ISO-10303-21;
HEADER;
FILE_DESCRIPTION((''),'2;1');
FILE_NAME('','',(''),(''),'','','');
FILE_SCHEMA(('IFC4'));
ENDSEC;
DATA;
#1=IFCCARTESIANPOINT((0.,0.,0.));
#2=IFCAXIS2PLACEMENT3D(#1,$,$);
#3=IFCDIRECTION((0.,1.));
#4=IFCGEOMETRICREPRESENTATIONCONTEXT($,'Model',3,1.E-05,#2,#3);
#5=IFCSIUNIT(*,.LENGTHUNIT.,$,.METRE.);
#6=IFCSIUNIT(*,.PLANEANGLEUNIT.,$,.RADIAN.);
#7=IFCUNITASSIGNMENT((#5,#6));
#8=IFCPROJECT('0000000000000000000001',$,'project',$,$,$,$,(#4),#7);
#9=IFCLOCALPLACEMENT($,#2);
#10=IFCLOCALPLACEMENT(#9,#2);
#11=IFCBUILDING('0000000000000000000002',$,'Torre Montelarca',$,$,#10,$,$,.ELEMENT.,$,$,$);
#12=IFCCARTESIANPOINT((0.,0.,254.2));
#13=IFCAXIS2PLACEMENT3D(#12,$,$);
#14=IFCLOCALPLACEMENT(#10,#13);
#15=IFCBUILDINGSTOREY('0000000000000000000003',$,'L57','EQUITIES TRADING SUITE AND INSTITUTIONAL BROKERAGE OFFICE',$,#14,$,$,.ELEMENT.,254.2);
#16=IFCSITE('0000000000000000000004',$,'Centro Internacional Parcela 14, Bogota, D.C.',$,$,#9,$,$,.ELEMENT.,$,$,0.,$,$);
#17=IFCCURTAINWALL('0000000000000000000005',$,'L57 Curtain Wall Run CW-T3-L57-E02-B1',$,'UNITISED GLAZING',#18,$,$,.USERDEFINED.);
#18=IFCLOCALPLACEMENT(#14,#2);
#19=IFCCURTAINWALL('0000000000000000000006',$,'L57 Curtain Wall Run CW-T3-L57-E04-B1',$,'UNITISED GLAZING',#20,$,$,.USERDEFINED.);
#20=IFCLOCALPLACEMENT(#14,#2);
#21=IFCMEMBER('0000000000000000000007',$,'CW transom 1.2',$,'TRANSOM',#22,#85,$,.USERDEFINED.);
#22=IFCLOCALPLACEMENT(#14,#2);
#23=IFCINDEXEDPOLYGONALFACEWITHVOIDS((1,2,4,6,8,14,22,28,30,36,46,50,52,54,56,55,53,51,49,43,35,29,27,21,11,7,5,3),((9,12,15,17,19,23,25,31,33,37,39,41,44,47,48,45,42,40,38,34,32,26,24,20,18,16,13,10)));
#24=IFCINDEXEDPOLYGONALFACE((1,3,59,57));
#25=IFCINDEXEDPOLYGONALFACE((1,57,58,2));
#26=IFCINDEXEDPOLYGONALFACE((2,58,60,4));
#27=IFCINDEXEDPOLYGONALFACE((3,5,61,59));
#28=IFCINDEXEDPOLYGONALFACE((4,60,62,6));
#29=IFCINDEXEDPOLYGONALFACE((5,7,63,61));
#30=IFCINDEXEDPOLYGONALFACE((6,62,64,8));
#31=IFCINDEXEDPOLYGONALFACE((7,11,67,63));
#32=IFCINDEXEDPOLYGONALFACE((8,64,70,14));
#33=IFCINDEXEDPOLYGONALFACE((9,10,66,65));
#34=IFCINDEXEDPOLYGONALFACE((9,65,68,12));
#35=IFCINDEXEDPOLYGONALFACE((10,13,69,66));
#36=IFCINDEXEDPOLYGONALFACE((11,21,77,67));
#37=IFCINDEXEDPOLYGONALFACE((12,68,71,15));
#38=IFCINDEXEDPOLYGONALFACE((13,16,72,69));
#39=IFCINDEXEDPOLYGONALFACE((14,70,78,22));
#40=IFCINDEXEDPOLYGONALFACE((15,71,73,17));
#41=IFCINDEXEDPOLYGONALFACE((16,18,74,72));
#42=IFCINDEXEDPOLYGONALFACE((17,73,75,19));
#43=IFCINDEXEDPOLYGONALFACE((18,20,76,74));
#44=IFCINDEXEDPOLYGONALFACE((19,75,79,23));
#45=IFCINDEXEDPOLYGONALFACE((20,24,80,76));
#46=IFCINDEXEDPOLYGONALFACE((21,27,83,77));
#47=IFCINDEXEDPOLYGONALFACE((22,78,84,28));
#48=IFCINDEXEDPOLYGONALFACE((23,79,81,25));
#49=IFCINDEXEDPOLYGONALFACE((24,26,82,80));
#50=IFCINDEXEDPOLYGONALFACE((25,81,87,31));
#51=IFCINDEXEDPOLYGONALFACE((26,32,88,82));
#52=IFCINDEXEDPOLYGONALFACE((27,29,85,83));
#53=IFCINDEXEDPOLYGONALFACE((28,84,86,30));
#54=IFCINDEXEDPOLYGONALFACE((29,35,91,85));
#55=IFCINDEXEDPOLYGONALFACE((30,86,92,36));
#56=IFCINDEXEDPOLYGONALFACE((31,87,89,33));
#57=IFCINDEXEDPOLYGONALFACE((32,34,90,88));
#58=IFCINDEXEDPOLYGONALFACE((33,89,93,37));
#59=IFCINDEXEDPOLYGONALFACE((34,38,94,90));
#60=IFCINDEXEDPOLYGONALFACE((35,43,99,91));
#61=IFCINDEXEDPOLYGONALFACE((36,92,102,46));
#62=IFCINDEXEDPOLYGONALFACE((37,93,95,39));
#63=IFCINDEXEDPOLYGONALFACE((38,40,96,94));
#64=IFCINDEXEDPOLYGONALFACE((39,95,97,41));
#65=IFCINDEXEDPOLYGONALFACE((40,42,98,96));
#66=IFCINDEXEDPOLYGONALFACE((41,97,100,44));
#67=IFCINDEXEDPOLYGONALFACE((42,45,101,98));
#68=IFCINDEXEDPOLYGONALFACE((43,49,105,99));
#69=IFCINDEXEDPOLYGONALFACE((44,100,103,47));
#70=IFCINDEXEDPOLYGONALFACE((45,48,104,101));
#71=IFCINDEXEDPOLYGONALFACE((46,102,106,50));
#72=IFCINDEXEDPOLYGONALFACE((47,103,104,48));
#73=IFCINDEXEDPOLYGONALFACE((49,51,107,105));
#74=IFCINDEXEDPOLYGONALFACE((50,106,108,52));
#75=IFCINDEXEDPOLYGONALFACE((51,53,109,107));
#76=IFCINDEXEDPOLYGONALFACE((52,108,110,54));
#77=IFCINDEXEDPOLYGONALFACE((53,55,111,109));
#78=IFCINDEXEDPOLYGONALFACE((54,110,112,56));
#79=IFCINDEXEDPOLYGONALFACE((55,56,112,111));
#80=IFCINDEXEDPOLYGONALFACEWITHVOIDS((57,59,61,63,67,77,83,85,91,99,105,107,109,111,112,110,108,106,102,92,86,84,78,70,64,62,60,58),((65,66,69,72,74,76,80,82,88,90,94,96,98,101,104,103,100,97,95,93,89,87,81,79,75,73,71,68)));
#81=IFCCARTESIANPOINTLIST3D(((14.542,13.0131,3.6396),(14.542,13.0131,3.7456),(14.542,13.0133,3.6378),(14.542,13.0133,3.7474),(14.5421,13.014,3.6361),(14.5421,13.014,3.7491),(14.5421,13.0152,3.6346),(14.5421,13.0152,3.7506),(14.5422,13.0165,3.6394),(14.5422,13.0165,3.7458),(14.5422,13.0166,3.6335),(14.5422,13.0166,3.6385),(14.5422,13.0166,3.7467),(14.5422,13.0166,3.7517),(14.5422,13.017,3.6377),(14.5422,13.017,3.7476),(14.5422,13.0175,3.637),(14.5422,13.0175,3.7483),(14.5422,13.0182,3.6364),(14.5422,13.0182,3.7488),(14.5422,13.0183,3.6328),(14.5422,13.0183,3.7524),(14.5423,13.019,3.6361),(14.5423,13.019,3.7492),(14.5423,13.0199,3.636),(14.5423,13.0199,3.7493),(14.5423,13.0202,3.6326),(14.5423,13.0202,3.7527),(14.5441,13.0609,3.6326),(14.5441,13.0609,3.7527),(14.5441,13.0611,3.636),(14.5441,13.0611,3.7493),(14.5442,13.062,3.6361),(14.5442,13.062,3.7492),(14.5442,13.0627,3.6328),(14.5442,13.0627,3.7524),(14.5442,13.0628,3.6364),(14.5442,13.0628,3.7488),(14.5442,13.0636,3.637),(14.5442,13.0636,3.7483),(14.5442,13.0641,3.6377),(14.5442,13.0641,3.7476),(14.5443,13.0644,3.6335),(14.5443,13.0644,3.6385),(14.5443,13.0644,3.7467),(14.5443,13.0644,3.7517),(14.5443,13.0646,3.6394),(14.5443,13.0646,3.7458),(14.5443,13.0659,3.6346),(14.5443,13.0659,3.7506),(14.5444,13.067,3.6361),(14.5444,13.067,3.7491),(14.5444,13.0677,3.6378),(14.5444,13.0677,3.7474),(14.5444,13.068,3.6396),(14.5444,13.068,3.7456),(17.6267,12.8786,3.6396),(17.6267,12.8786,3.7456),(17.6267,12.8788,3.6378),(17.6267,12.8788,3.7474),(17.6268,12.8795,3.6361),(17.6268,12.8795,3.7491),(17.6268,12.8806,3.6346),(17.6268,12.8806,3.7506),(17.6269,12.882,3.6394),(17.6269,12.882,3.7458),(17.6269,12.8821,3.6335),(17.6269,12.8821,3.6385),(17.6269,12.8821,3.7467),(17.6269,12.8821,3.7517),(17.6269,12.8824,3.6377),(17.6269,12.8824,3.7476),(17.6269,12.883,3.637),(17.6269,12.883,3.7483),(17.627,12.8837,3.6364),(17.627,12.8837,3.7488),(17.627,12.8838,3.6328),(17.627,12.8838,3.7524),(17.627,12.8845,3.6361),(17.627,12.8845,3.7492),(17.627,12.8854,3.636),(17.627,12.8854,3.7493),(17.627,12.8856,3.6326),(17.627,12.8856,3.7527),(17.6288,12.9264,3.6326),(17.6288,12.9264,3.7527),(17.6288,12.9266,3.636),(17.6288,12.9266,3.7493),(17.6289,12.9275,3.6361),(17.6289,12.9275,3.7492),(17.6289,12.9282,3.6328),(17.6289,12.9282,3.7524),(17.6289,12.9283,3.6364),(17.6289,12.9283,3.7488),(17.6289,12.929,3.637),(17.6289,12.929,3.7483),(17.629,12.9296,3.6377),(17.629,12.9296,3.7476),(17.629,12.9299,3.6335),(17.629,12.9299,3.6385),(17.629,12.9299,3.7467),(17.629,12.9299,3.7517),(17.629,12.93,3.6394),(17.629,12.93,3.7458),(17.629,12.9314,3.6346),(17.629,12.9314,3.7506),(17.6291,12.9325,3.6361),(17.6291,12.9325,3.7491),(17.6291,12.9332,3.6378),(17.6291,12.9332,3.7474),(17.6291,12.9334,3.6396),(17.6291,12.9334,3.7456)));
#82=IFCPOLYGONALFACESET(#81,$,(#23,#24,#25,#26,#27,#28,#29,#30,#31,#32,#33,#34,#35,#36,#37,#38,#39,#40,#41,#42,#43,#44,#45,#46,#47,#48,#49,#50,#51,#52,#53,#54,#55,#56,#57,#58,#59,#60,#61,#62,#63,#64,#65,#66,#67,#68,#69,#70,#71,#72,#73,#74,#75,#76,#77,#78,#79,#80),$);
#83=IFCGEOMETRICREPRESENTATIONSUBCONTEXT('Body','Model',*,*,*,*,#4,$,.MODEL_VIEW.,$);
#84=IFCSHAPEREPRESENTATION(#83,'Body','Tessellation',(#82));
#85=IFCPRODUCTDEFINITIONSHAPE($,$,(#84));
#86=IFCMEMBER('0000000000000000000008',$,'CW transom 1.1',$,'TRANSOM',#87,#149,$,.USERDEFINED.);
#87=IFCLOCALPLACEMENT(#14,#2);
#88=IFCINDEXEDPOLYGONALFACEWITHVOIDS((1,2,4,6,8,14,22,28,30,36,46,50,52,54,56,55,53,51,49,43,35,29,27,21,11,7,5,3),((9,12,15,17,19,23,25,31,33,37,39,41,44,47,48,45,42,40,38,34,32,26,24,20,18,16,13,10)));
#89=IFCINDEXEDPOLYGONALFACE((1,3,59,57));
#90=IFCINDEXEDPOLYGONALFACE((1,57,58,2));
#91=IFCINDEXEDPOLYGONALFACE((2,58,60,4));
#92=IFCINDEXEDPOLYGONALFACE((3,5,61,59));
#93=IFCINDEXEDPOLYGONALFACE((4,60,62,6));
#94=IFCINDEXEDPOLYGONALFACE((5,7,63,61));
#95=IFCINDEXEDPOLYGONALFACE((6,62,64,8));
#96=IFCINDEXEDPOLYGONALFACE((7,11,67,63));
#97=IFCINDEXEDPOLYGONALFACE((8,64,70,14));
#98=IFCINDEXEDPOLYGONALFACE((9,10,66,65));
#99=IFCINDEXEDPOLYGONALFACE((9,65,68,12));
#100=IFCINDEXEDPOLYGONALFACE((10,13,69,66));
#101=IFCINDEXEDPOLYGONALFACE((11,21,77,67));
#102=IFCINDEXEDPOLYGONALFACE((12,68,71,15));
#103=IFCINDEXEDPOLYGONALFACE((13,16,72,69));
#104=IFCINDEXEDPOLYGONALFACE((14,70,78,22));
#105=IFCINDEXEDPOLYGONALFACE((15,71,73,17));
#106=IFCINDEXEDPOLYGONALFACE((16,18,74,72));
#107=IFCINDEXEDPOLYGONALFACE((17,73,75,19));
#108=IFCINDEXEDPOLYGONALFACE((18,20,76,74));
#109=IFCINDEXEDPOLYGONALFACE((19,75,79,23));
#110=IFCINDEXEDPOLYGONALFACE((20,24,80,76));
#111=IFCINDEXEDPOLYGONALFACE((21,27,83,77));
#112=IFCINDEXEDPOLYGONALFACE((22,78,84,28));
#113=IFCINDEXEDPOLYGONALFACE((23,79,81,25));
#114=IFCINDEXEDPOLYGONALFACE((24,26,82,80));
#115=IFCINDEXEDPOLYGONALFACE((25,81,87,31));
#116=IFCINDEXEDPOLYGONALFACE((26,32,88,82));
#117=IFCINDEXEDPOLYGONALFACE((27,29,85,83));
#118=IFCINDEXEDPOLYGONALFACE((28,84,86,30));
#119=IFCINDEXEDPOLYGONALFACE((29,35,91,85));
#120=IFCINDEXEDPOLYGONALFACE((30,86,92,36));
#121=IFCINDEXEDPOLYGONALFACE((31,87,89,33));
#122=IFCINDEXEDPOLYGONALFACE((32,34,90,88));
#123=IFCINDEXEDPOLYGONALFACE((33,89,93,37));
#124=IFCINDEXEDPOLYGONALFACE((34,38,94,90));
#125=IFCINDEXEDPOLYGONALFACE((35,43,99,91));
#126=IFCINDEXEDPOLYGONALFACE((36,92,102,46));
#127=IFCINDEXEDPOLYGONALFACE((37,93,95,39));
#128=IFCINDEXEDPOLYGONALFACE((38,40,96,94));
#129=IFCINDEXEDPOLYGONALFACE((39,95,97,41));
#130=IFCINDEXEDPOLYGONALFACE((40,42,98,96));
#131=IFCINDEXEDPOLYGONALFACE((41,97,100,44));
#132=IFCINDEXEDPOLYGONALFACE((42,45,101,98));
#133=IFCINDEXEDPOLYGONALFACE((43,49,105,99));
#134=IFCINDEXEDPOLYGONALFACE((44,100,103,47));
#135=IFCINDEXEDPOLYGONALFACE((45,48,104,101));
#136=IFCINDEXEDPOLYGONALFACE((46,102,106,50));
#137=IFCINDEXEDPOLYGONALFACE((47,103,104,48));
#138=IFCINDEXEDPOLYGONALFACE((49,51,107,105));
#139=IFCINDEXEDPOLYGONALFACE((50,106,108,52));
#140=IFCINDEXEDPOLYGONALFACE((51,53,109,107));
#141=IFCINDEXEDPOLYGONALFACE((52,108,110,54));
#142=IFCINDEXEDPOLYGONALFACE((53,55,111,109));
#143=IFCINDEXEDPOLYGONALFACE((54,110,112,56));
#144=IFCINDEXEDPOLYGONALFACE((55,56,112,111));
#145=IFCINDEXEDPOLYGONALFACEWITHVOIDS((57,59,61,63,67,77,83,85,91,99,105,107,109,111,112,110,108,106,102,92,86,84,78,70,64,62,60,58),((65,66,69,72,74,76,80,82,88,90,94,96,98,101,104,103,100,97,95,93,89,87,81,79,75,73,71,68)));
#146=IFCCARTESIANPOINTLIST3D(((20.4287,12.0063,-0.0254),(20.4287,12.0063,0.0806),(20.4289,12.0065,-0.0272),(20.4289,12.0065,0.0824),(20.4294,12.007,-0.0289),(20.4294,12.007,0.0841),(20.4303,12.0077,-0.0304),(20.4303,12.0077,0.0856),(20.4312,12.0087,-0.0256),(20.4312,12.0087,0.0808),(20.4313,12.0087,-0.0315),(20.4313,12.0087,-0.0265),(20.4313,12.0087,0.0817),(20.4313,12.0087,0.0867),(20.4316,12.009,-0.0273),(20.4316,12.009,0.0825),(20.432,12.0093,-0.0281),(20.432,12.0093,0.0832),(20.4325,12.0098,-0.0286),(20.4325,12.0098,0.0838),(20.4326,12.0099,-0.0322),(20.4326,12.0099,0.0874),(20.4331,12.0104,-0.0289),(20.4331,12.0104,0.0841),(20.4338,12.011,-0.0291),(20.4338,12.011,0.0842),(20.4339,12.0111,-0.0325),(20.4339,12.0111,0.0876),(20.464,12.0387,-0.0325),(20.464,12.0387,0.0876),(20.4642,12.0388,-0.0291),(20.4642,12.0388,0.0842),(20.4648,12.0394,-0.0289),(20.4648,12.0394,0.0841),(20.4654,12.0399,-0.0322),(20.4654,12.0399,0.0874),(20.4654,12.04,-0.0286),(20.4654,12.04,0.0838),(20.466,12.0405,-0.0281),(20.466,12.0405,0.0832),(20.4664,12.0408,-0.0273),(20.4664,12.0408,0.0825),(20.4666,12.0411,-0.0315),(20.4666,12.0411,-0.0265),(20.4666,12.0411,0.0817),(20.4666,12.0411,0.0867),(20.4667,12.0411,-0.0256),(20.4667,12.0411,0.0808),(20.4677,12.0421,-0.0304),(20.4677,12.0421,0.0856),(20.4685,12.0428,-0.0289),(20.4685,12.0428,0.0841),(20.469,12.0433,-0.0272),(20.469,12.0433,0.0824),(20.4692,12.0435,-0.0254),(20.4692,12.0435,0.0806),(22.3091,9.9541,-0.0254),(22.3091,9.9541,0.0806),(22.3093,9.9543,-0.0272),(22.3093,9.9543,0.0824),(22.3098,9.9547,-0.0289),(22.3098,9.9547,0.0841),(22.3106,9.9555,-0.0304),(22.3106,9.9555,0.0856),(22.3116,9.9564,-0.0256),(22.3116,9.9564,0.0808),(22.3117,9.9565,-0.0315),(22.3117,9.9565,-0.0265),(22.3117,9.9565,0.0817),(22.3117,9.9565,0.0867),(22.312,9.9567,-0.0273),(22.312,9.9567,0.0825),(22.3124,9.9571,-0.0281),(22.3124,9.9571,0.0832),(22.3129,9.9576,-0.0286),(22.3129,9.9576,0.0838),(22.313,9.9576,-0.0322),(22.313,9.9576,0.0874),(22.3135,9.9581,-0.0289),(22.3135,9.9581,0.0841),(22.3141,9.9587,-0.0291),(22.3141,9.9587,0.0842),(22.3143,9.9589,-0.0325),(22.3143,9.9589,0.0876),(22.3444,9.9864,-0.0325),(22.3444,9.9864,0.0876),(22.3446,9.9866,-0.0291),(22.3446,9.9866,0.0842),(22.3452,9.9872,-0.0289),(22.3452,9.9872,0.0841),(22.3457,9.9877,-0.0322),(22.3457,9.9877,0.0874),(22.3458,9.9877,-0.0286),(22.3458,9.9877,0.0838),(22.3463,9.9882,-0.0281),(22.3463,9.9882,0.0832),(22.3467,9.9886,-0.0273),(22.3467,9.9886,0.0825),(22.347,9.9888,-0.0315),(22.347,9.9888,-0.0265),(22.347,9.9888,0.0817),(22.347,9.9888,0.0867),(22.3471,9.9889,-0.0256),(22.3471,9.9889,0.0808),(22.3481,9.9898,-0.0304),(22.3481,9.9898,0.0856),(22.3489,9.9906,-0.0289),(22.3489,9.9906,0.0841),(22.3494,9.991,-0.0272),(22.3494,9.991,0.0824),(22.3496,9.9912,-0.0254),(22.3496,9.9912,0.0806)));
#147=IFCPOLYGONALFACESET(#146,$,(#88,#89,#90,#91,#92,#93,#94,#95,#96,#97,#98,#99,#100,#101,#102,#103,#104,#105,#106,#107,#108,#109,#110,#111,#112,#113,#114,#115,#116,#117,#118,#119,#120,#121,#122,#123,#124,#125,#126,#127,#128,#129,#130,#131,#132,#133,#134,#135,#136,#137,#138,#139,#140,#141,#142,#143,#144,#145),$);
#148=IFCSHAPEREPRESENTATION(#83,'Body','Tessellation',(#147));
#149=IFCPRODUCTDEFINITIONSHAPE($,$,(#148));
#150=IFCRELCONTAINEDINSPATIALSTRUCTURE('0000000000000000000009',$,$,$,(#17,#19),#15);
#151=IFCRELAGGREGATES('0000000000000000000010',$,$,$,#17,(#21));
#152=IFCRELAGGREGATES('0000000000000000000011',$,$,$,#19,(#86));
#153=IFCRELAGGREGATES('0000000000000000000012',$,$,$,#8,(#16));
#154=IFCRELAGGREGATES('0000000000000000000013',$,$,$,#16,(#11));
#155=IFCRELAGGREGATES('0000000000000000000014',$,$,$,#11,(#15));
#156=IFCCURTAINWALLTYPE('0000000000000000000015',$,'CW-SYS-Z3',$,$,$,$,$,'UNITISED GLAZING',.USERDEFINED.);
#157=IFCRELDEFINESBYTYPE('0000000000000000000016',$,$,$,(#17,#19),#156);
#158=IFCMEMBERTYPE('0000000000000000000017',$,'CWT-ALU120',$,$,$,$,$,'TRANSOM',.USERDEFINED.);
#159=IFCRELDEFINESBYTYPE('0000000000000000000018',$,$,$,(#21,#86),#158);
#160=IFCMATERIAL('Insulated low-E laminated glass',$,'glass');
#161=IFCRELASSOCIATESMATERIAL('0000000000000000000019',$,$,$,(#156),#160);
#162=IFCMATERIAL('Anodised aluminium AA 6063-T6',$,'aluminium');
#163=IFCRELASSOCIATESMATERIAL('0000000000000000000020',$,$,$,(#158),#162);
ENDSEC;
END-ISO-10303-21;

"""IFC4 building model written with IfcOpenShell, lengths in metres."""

from ifc_helpers import new_model, si_unit, direction, frame, origin, origin_2d, place, context, subcontext, project, spatial, hollow_rectangle, extrude, source, transform, mapped, material, material_profile, profile_set, type_object, element, aggregate, save


model = new_model("IFC4")

# Units and contexts
model_context = context("Model", 3, precision=1e-05, world=origin(), true_north=direction((0.0, 1.0)))
body_context = subcontext(model_context, "Body", "Model", "MODEL_VIEW")
ifc_project = project(units=[si_unit("LENGTHUNIT", "METRE"), si_unit("PLANEANGLEUNIT", "RADIAN")], contexts=[model_context])

# Site, building, storey
site_placement = place(None, origin())
site = spatial("IfcSite", under=ifc_project, at=site_placement, Name="Centro Internacional Parcela 14, Bogota, D.C.", CompositionType="ELEMENT", RefElevation=0.0)
building_placement = place(site_placement, origin())
building = spatial("IfcBuilding", under=site, at=building_placement, Name="Torre Montelarca", CompositionType="ELEMENT")
storey_placement = place(building_placement, frame((0.0, 0.0, 254.2)))
storey = spatial("IfcBuildingStorey", under=building, at=storey_placement, Name="L57", Description="EQUITIES TRADING SUITE AND INSTITUTIONAL BROKERAGE OFFICE", CompositionType="ELEMENT", Elevation=254.2)

# Curtain wall
ifc_material_1 = material(Name="Insulated low-E laminated glass", Category="glass")
curtain_wall_type = type_object("IfcCurtainWallType", Name="CW-SYS-Z3", ElementType="UNITISED GLAZING", PredefinedType="USERDEFINED", material=ifc_material_1)
curtain_wall_1_placement = place(storey_placement, origin())
curtain_wall_1 = element("IfcCurtainWall", 1, at=curtain_wall_1_placement, inside=storey, type_object=curtain_wall_type, Name="L57 Curtain Wall Run CW-T3-L57-E02-B1", ObjectType="UNITISED GLAZING", PredefinedType="USERDEFINED")
ifc_material_2 = material(Name="Anodised aluminium AA 6063-T6", Category="aluminium")
ifc_material_profile_1 = material_profile(ifc_material_2, hollow_rectangle(XDim=0.0549, YDim=0.1201, WallThickness=0.0034, InnerFilletRadius=0.0034, OuterFilletRadius=0.0071, at=origin_2d()), Name="ALU55X120X3.5", Category="aluminium")
ifc_profile_set_1 = profile_set([ifc_material_profile_1], Name="Anodised aluminium AA 6063-T6")
member_type_1 = type_object("IfcMemberType", Name="CWT-ALU120", ElementType="TRANSOM", PredefinedType="USERDEFINED", material=ifc_profile_set_1)

# Curtain wall
curtain_wall_2_placement = place(storey_placement, origin())
curtain_wall_2 = element("IfcCurtainWall", 2, at=curtain_wall_2_placement, inside=storey, type_object=curtain_wall_type, Name="L57 Curtain Wall Run CW-T3-L57-E04-B1", ObjectType="UNITISED GLAZING", PredefinedType="USERDEFINED")

# Members
shared_shape_1 = source(origin(), body_context, "Body", "SweptSolid", [
    extrude(hollow_rectangle(XDim=0.0549, YDim=0.1201, WallThickness=0.0034, InnerFilletRadius=0.0034, OuterFilletRadius=0.0071, at=origin_2d()), origin(), (0.0, 0.0, 1.0), 3.0876),
])
member_1_placement = place(storey_placement, frame((14.5432, 13.0405, 3.6926), z_axis=(0.99905, -0.043568, 0.0), x_axis=(0.043568, 0.99905, 0.0)))
member_1 = element("IfcMember", 3, at=member_1_placement, type_object=member_type_1, Name="CW transom 1.2", ObjectType="TRANSOM", PredefinedType="USERDEFINED", context=body_context, shape_type="MappedRepresentation", body=[
    mapped(shared_shape_1, transform((0.0, 0.0, 0.0), scale=1.0)),
])
shared_shape_2 = source(origin(), body_context, "Body", "SweptSolid", [
    extrude(hollow_rectangle(XDim=0.0549, YDim=0.1201, WallThickness=0.0034, InnerFilletRadius=0.0034, OuterFilletRadius=0.0071, at=origin_2d()), origin(), (0.0, 0.0, 1.0), 2.7834),
])
member_2_placement = place(storey_placement, frame((20.449, 12.0249, 0.0276), z_axis=(0.675558, -0.737307, 0.0), x_axis=(0.737307, 0.675558, 0.0)))
member_2 = element("IfcMember", 4, at=member_2_placement, type_object=member_type_1, Name="CW transom 1.1", ObjectType="TRANSOM", PredefinedType="USERDEFINED", context=body_context, shape_type="MappedRepresentation", body=[
    mapped(shared_shape_2, transform((0.0, 0.0, 0.0), scale=1.0)),
])

aggregate(curtain_wall_1, [member_1])
aggregate(curtain_wall_2, [member_2])

save(model, "model.ifc")
